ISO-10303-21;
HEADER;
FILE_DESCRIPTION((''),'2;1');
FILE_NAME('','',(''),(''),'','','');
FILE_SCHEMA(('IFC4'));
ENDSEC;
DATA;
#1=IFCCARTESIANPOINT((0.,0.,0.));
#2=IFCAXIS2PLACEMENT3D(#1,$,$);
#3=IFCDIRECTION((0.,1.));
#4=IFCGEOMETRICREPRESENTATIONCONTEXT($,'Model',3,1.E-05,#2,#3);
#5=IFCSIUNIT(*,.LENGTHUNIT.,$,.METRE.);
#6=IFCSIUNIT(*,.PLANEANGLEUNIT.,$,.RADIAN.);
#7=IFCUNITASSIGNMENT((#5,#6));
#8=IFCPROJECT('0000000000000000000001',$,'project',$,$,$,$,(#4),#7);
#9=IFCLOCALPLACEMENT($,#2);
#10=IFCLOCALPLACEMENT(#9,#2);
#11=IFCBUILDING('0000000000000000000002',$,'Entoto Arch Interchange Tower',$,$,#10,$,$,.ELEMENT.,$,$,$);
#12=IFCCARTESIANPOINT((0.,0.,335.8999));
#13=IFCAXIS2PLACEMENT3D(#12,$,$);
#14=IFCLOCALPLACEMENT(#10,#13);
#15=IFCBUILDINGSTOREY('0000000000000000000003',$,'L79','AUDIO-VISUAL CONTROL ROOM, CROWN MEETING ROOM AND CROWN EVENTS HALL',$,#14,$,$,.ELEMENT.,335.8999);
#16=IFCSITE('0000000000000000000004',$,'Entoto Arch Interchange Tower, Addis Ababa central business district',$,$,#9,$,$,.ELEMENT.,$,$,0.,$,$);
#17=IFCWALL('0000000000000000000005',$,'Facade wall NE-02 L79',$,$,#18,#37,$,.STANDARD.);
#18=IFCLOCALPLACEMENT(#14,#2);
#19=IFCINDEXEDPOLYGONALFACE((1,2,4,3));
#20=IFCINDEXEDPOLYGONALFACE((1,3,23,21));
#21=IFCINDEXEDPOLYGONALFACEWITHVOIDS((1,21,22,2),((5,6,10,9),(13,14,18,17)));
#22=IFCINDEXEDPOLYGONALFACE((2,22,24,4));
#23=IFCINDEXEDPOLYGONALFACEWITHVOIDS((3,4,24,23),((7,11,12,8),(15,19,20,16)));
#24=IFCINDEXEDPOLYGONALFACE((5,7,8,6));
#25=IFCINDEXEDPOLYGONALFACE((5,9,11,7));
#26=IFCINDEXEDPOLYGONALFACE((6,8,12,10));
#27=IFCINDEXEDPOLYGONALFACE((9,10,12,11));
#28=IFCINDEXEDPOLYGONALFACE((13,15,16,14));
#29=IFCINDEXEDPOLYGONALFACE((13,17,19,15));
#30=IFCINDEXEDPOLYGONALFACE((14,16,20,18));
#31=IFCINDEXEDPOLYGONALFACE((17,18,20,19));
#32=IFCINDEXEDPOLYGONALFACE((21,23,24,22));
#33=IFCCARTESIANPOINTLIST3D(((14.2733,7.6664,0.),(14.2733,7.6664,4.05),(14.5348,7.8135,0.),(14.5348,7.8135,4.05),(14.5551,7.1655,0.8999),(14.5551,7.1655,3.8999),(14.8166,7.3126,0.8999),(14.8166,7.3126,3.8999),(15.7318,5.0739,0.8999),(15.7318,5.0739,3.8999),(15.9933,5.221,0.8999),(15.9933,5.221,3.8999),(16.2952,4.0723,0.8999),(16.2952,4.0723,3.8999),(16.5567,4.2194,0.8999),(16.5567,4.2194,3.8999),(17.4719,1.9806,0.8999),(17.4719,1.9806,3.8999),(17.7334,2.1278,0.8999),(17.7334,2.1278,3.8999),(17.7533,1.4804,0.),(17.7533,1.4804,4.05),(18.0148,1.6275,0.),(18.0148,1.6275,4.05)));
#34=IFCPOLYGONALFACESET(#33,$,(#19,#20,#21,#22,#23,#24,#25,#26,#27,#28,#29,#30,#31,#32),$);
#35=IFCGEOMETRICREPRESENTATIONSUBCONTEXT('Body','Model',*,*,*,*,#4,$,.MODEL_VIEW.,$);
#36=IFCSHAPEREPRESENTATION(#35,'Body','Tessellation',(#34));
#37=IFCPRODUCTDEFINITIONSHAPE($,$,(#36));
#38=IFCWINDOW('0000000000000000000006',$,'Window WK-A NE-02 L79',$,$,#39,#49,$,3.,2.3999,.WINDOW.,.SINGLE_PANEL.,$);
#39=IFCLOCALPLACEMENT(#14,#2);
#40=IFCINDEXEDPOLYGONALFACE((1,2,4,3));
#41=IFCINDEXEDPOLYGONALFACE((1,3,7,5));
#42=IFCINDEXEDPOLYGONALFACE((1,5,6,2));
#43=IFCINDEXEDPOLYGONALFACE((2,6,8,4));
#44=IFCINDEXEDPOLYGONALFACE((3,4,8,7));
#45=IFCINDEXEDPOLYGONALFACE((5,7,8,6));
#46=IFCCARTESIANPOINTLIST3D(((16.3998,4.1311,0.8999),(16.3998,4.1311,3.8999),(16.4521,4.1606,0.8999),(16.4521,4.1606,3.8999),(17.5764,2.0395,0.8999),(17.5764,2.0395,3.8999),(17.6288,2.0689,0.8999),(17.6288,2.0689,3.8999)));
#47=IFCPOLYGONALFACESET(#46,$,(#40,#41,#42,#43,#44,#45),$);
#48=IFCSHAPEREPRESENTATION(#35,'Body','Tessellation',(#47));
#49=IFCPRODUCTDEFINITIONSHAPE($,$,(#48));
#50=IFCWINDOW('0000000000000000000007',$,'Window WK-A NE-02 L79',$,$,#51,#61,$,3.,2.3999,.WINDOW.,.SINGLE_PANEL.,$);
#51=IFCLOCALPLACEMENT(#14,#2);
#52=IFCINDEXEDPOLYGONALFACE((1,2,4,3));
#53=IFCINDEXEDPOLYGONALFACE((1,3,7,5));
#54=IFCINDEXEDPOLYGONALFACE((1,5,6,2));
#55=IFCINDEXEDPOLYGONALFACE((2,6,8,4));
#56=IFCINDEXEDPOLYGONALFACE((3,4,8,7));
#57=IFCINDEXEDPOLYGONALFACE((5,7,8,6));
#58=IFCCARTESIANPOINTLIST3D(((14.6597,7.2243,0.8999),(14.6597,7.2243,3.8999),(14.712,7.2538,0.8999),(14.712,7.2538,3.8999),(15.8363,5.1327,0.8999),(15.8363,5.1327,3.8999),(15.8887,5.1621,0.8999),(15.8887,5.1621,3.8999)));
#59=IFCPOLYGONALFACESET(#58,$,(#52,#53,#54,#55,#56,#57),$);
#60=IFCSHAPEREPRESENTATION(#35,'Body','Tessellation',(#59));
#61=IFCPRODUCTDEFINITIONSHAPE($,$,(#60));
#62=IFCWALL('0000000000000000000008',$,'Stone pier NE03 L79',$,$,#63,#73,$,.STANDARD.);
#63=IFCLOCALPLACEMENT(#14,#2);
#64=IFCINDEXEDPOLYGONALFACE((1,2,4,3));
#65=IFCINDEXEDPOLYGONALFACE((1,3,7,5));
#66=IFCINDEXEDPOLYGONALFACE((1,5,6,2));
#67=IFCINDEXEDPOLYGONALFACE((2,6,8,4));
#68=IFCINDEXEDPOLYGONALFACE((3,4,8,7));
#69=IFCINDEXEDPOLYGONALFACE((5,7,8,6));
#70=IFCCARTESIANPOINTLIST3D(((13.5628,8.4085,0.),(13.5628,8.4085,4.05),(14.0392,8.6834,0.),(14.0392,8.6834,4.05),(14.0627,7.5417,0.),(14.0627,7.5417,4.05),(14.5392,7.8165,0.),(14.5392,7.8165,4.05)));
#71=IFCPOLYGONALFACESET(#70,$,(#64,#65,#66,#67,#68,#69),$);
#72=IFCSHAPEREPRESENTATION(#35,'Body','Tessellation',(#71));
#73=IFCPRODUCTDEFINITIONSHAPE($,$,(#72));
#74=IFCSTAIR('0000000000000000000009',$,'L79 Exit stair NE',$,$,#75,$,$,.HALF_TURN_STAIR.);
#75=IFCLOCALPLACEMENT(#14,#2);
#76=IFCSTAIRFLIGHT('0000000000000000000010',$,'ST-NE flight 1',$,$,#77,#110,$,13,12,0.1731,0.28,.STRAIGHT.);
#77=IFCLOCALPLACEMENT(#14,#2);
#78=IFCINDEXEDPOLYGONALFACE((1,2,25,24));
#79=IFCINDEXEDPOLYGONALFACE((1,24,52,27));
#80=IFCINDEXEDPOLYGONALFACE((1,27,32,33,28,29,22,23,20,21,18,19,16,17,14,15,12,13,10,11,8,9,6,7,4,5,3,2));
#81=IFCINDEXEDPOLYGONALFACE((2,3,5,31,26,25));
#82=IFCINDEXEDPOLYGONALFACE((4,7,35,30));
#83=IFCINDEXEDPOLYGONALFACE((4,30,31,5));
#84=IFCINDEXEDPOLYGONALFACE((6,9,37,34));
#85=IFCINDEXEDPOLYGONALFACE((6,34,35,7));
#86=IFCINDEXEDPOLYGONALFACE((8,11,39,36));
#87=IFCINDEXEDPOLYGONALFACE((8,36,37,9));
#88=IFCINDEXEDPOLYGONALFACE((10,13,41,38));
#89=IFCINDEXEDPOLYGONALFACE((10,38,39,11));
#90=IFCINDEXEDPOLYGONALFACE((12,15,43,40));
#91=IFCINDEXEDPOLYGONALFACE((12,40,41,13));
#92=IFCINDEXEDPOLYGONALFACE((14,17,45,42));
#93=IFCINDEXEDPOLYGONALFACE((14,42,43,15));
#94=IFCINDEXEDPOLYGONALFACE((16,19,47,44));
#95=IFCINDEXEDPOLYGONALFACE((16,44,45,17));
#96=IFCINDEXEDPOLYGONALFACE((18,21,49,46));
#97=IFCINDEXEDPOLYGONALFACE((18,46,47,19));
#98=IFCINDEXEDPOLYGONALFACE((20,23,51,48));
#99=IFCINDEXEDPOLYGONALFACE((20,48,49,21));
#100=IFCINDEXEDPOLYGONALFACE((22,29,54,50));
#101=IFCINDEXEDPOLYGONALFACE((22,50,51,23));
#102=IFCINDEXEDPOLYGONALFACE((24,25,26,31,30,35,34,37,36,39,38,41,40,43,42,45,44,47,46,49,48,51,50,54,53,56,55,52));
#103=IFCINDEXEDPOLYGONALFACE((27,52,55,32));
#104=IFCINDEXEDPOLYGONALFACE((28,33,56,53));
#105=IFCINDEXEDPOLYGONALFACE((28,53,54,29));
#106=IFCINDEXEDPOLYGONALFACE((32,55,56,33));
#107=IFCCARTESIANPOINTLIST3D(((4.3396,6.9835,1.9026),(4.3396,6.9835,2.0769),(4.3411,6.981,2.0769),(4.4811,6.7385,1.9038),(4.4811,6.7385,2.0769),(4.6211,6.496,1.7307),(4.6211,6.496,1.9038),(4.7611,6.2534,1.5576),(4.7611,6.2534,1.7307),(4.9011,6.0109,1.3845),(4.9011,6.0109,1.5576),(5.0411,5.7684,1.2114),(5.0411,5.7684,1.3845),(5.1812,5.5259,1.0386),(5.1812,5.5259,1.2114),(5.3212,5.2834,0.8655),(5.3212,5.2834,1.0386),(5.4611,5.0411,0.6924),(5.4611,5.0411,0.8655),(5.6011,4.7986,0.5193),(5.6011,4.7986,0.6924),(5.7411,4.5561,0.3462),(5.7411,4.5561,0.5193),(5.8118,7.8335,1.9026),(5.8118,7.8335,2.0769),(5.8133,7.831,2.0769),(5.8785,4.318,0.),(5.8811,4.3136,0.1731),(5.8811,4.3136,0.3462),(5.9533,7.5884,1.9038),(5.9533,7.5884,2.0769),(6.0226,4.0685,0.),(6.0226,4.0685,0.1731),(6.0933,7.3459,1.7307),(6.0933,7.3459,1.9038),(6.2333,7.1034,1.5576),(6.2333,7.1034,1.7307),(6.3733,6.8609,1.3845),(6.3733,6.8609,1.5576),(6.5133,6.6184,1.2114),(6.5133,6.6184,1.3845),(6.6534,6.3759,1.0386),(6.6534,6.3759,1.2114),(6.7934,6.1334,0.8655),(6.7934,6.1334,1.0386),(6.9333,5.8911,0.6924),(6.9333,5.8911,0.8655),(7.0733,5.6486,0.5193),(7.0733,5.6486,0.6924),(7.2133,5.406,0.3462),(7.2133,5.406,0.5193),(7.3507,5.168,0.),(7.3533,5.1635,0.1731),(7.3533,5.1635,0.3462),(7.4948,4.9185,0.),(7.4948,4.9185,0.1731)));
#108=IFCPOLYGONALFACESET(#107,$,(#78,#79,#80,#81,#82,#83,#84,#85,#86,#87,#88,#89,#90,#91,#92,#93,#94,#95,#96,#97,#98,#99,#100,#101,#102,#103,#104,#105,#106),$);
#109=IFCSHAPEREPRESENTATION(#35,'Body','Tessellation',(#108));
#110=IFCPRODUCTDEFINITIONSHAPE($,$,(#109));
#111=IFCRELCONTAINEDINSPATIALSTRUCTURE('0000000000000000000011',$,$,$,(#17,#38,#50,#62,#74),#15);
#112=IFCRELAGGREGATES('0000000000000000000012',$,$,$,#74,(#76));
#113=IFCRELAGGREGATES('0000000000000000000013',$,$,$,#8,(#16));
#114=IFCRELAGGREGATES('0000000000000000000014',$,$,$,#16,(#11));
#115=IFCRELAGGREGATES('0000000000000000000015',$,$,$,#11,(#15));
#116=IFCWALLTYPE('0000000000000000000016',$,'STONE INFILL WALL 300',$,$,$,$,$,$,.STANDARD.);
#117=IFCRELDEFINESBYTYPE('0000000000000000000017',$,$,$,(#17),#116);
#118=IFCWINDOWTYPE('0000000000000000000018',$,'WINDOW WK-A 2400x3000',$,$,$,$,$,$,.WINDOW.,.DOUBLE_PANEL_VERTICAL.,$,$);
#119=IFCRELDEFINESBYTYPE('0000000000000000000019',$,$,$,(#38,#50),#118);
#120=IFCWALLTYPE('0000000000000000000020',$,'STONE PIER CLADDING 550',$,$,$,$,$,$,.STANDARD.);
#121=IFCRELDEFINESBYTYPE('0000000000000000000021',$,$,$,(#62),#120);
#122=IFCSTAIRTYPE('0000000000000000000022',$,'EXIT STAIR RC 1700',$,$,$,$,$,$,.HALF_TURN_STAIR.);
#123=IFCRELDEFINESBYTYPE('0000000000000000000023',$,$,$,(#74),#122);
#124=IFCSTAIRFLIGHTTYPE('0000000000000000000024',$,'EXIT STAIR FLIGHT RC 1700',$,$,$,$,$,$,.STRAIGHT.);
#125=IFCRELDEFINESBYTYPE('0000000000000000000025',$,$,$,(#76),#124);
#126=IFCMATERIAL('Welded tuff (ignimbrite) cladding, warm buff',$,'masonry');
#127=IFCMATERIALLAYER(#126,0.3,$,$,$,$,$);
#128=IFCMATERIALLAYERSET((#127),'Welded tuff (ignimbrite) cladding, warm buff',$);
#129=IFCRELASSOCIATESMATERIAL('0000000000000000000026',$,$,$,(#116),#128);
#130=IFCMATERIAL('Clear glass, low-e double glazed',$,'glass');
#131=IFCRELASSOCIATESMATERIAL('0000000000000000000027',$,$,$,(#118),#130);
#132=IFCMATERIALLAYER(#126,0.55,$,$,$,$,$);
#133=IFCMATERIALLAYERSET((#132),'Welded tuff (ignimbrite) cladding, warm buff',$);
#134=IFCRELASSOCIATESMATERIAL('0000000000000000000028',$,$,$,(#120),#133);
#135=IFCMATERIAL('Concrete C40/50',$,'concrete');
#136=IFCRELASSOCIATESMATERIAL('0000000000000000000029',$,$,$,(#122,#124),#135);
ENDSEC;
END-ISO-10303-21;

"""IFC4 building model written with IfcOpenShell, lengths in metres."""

from ifc_helpers import new_model, si_unit, direction, frame, frame_2d, origin, place, context, subcontext, project, spatial, polyline, rectangle, outline, extrude, material, layer, layer_set, type_object, element, fill, aggregate, save


model = new_model("IFC4")

# Units and contexts
model_context = context("Model", 3, precision=1e-05, world=origin(), true_north=direction((0.0, 1.0)))
body_context = subcontext(model_context, "Body", "Model", "MODEL_VIEW")
ifc_project = project(units=[si_unit("LENGTHUNIT", "METRE"), si_unit("PLANEANGLEUNIT", "RADIAN")], contexts=[model_context])

# Site, building, storey
site_placement = place(None, origin())
site = spatial("IfcSite", under=ifc_project, at=site_placement, Name="Entoto Arch Interchange Tower, Addis Ababa central business district", CompositionType="ELEMENT", RefElevation=0.0)
building_placement = place(site_placement, origin())
building = spatial("IfcBuilding", under=site, at=building_placement, Name="Entoto Arch Interchange Tower", CompositionType="ELEMENT")
storey_placement = place(building_placement, frame((0.0, 0.0, 335.8999)))
storey = spatial("IfcBuildingStorey", under=building, at=storey_placement, Name="L79", Description="AUDIO-VISUAL CONTROL ROOM, CROWN MEETING ROOM AND CROWN EVENTS HALL", CompositionType="ELEMENT", Elevation=335.8999)

# Shared definitions
ifc_material_1 = material(Name="Concrete C40/50", Category="concrete")

# Wall, openings, windows
ifc_material_2 = material(Name="Welded tuff (ignimbrite) cladding, warm buff", Category="masonry")
ifc_layer_1 = layer(ifc_material_2, 0.3)
ifc_layer_set_1 = layer_set([ifc_layer_1], Name="Welded tuff (ignimbrite) cladding, warm buff")
wall_type_1 = type_object("IfcWallType", Name="STONE INFILL WALL 300", PredefinedType="STANDARD", material=ifc_layer_set_1)
wall_1_placement = place(storey_placement, frame((17.884, 1.554, 0.0), z_axis=(0.0, 0.0, 1.0), x_axis=(-0.490297, 0.871555, 0.0)))
wall_1 = element("IfcWall", 1, at=wall_1_placement, inside=storey, type_object=wall_type_1, Name="Facade wall NE-02 L79", PredefinedType="STANDARD", context=body_context, shape_type="SweptSolid", body=[
    extrude(rectangle(XDim=7.0977, YDim=0.3, at=frame_2d((3.5488, 0.0))), origin(), (0.0, 0.0, 1.0), 4.05),
])
opening_1_placement = place(wall_1_placement, frame((0.574, 0.0, 0.8999)))
opening_1 = element("IfcOpeningElement", 2, at=opening_1_placement, cuts=wall_1, PredefinedType="OPENING", context=body_context, shape_type="SweptSolid", body=[
    extrude(rectangle(XDim=2.3999, YDim=3.0, at=frame_2d((1.2, 1.5))), frame((0.0, 0.1602, 0.0), z_axis=(0.0, -1.0, 0.0), x_axis=(1.0, 0.0, 0.0)), (0.0, 0.0, 1.0), 0.3201),
])
opening_2_placement = place(wall_1_placement, frame((4.123, 0.0, 0.8999)))
opening_2 = element("IfcOpeningElement", 3, at=opening_2_placement, cuts=wall_1, PredefinedType="OPENING", context=body_context, shape_type="SweptSolid", body=[
    extrude(rectangle(XDim=2.3999, YDim=3.0, at=frame_2d((1.2, 1.5))), frame((0.0, 0.1602, 0.0), z_axis=(0.0, -1.0, 0.0), x_axis=(1.0, 0.0, 0.0)), (0.0, 0.0, 1.0), 0.3201),
])
ifc_material_3 = material(Name="Clear glass, low-e double glazed", Category="glass")
window_type = type_object("IfcWindowType", Name="WINDOW WK-A 2400x3000", PartitioningType="DOUBLE_PANEL_VERTICAL", PredefinedType="WINDOW", material=ifc_material_3)
window_1_placement = place(opening_1_placement, origin())
window_1 = element("IfcWindow", 4, at=window_1_placement, inside=storey, type_object=window_type, Name="Window WK-A NE-02 L79", OverallHeight=3.0, OverallWidth=2.3999, PartitioningType="SINGLE_PANEL", PredefinedType="WINDOW", context=body_context, shape_type="SweptSolid", body=[
    extrude(rectangle(XDim=2.3999, YDim=3.0, at=frame_2d((1.2, 1.5))), frame((0.0, 0.03, 0.0), z_axis=(0.0, -1.0, 0.0), x_axis=(1.0, 0.0, 0.0)), (0.0, 0.0, 1.0), 0.0601),
])
fill(opening_1, window_1)
window_2_placement = place(opening_2_placement, origin())
window_2 = element("IfcWindow", 5, at=window_2_placement, inside=storey, type_object=window_type, Name="Window WK-A NE-02 L79", OverallHeight=3.0, OverallWidth=2.3999, PartitioningType="SINGLE_PANEL", PredefinedType="WINDOW", context=body_context, shape_type="SweptSolid", body=[
    extrude(rectangle(XDim=2.3999, YDim=3.0, at=frame_2d((1.2, 1.5))), frame((0.0, 0.03, 0.0), z_axis=(0.0, -1.0, 0.0), x_axis=(1.0, 0.0, 0.0)), (0.0, 0.0, 1.0), 0.0601),
])
fill(opening_2, window_2)

# Wall
ifc_layer_2 = layer(ifc_material_2, 0.55)
ifc_layer_set_2 = layer_set([ifc_layer_2], Name="Welded tuff (ignimbrite) cladding, warm buff")
wall_type_2 = type_object("IfcWallType", Name="STONE PIER CLADDING 550", PredefinedType="STANDARD", material=ifc_layer_set_2)
wall_2_placement = place(storey_placement, frame((14.301, 7.679, 0.0), z_axis=(0.0, 0.0, 1.0), x_axis=(-0.499603, 0.866255, 0.0)))
element("IfcWall", 6, at=wall_2_placement, inside=storey, type_object=wall_type_2, Name="Stone pier NE03 L79", PredefinedType="STANDARD", context=body_context, shape_type="SweptSolid", body=[
    extrude(rectangle(XDim=1.0007, YDim=0.55, at=frame_2d((0.5005, 0.0))), origin(), (0.0, 0.0, 1.0), 4.05),
])

# Stair, stair flight
stair_type = type_object("IfcStairType", Name="EXIT STAIR RC 1700", PredefinedType="HALF_TURN_STAIR", material=ifc_material_1)
stair_placement = place(storey_placement, origin())
stair = element("IfcStair", 7, at=stair_placement, inside=storey, type_object=stair_type, Name="L79 Exit stair NE", PredefinedType="HALF_TURN_STAIR")
stair_flight_type = type_object("IfcStairFlightType", Name="EXIT STAIR FLIGHT RC 1700", PredefinedType="STRAIGHT", material=ifc_material_1)
stair_flight_placement = place(storey_placement, frame((6.7573, 4.4961, 0.0), z_axis=(0.0, 0.0, 1.0), x_axis=(-0.5, 0.866025, 0.0)))
stair_flight = element("IfcStairFlight", 8, at=stair_flight_placement, type_object=stair_flight_type, Name="ST-NE flight 1", NumberOfRisers=13, NumberOfTreads=12, PredefinedType="STRAIGHT", RiserHeight=0.1731, TreadLength=0.28, context=body_context, shape_type="SweptSolid", body=[
    extrude(outline(polyline([(-0.0029, 0.0), (-0.0029, 0.1731), (0.28, 0.1731), (0.28, 0.3462), (0.5601, 0.3462), (0.5601, 0.5193), (0.8401, 0.5193), (0.8401, 0.6924), (1.1201, 0.6924), (1.1201, 0.8655), (1.3999, 0.8655), (1.3999, 1.0386), (1.6799, 1.0386), (1.6799, 1.2114), (1.96, 1.2114), (1.96, 1.3845), (2.24, 1.3845), (2.24, 1.5576), (2.52, 1.5576), (2.52, 1.7307), (2.8, 1.7307), (2.8, 1.9038), (3.0801, 1.9038), (3.0801, 2.0769), (3.3601, 2.0769), (3.363, 2.0769), (3.363, 1.9026), (0.2852, 0.0), (-0.0029, 0.0)])), frame((0.0, 0.8501, 0.0), z_axis=(0.0, -1.0, 0.0), x_axis=(1.0, 0.0, 0.0)), (0.0, 0.0, 1.0), 1.7),
])
aggregate(stair, [stair_flight])

save(model, "model.ifc")
